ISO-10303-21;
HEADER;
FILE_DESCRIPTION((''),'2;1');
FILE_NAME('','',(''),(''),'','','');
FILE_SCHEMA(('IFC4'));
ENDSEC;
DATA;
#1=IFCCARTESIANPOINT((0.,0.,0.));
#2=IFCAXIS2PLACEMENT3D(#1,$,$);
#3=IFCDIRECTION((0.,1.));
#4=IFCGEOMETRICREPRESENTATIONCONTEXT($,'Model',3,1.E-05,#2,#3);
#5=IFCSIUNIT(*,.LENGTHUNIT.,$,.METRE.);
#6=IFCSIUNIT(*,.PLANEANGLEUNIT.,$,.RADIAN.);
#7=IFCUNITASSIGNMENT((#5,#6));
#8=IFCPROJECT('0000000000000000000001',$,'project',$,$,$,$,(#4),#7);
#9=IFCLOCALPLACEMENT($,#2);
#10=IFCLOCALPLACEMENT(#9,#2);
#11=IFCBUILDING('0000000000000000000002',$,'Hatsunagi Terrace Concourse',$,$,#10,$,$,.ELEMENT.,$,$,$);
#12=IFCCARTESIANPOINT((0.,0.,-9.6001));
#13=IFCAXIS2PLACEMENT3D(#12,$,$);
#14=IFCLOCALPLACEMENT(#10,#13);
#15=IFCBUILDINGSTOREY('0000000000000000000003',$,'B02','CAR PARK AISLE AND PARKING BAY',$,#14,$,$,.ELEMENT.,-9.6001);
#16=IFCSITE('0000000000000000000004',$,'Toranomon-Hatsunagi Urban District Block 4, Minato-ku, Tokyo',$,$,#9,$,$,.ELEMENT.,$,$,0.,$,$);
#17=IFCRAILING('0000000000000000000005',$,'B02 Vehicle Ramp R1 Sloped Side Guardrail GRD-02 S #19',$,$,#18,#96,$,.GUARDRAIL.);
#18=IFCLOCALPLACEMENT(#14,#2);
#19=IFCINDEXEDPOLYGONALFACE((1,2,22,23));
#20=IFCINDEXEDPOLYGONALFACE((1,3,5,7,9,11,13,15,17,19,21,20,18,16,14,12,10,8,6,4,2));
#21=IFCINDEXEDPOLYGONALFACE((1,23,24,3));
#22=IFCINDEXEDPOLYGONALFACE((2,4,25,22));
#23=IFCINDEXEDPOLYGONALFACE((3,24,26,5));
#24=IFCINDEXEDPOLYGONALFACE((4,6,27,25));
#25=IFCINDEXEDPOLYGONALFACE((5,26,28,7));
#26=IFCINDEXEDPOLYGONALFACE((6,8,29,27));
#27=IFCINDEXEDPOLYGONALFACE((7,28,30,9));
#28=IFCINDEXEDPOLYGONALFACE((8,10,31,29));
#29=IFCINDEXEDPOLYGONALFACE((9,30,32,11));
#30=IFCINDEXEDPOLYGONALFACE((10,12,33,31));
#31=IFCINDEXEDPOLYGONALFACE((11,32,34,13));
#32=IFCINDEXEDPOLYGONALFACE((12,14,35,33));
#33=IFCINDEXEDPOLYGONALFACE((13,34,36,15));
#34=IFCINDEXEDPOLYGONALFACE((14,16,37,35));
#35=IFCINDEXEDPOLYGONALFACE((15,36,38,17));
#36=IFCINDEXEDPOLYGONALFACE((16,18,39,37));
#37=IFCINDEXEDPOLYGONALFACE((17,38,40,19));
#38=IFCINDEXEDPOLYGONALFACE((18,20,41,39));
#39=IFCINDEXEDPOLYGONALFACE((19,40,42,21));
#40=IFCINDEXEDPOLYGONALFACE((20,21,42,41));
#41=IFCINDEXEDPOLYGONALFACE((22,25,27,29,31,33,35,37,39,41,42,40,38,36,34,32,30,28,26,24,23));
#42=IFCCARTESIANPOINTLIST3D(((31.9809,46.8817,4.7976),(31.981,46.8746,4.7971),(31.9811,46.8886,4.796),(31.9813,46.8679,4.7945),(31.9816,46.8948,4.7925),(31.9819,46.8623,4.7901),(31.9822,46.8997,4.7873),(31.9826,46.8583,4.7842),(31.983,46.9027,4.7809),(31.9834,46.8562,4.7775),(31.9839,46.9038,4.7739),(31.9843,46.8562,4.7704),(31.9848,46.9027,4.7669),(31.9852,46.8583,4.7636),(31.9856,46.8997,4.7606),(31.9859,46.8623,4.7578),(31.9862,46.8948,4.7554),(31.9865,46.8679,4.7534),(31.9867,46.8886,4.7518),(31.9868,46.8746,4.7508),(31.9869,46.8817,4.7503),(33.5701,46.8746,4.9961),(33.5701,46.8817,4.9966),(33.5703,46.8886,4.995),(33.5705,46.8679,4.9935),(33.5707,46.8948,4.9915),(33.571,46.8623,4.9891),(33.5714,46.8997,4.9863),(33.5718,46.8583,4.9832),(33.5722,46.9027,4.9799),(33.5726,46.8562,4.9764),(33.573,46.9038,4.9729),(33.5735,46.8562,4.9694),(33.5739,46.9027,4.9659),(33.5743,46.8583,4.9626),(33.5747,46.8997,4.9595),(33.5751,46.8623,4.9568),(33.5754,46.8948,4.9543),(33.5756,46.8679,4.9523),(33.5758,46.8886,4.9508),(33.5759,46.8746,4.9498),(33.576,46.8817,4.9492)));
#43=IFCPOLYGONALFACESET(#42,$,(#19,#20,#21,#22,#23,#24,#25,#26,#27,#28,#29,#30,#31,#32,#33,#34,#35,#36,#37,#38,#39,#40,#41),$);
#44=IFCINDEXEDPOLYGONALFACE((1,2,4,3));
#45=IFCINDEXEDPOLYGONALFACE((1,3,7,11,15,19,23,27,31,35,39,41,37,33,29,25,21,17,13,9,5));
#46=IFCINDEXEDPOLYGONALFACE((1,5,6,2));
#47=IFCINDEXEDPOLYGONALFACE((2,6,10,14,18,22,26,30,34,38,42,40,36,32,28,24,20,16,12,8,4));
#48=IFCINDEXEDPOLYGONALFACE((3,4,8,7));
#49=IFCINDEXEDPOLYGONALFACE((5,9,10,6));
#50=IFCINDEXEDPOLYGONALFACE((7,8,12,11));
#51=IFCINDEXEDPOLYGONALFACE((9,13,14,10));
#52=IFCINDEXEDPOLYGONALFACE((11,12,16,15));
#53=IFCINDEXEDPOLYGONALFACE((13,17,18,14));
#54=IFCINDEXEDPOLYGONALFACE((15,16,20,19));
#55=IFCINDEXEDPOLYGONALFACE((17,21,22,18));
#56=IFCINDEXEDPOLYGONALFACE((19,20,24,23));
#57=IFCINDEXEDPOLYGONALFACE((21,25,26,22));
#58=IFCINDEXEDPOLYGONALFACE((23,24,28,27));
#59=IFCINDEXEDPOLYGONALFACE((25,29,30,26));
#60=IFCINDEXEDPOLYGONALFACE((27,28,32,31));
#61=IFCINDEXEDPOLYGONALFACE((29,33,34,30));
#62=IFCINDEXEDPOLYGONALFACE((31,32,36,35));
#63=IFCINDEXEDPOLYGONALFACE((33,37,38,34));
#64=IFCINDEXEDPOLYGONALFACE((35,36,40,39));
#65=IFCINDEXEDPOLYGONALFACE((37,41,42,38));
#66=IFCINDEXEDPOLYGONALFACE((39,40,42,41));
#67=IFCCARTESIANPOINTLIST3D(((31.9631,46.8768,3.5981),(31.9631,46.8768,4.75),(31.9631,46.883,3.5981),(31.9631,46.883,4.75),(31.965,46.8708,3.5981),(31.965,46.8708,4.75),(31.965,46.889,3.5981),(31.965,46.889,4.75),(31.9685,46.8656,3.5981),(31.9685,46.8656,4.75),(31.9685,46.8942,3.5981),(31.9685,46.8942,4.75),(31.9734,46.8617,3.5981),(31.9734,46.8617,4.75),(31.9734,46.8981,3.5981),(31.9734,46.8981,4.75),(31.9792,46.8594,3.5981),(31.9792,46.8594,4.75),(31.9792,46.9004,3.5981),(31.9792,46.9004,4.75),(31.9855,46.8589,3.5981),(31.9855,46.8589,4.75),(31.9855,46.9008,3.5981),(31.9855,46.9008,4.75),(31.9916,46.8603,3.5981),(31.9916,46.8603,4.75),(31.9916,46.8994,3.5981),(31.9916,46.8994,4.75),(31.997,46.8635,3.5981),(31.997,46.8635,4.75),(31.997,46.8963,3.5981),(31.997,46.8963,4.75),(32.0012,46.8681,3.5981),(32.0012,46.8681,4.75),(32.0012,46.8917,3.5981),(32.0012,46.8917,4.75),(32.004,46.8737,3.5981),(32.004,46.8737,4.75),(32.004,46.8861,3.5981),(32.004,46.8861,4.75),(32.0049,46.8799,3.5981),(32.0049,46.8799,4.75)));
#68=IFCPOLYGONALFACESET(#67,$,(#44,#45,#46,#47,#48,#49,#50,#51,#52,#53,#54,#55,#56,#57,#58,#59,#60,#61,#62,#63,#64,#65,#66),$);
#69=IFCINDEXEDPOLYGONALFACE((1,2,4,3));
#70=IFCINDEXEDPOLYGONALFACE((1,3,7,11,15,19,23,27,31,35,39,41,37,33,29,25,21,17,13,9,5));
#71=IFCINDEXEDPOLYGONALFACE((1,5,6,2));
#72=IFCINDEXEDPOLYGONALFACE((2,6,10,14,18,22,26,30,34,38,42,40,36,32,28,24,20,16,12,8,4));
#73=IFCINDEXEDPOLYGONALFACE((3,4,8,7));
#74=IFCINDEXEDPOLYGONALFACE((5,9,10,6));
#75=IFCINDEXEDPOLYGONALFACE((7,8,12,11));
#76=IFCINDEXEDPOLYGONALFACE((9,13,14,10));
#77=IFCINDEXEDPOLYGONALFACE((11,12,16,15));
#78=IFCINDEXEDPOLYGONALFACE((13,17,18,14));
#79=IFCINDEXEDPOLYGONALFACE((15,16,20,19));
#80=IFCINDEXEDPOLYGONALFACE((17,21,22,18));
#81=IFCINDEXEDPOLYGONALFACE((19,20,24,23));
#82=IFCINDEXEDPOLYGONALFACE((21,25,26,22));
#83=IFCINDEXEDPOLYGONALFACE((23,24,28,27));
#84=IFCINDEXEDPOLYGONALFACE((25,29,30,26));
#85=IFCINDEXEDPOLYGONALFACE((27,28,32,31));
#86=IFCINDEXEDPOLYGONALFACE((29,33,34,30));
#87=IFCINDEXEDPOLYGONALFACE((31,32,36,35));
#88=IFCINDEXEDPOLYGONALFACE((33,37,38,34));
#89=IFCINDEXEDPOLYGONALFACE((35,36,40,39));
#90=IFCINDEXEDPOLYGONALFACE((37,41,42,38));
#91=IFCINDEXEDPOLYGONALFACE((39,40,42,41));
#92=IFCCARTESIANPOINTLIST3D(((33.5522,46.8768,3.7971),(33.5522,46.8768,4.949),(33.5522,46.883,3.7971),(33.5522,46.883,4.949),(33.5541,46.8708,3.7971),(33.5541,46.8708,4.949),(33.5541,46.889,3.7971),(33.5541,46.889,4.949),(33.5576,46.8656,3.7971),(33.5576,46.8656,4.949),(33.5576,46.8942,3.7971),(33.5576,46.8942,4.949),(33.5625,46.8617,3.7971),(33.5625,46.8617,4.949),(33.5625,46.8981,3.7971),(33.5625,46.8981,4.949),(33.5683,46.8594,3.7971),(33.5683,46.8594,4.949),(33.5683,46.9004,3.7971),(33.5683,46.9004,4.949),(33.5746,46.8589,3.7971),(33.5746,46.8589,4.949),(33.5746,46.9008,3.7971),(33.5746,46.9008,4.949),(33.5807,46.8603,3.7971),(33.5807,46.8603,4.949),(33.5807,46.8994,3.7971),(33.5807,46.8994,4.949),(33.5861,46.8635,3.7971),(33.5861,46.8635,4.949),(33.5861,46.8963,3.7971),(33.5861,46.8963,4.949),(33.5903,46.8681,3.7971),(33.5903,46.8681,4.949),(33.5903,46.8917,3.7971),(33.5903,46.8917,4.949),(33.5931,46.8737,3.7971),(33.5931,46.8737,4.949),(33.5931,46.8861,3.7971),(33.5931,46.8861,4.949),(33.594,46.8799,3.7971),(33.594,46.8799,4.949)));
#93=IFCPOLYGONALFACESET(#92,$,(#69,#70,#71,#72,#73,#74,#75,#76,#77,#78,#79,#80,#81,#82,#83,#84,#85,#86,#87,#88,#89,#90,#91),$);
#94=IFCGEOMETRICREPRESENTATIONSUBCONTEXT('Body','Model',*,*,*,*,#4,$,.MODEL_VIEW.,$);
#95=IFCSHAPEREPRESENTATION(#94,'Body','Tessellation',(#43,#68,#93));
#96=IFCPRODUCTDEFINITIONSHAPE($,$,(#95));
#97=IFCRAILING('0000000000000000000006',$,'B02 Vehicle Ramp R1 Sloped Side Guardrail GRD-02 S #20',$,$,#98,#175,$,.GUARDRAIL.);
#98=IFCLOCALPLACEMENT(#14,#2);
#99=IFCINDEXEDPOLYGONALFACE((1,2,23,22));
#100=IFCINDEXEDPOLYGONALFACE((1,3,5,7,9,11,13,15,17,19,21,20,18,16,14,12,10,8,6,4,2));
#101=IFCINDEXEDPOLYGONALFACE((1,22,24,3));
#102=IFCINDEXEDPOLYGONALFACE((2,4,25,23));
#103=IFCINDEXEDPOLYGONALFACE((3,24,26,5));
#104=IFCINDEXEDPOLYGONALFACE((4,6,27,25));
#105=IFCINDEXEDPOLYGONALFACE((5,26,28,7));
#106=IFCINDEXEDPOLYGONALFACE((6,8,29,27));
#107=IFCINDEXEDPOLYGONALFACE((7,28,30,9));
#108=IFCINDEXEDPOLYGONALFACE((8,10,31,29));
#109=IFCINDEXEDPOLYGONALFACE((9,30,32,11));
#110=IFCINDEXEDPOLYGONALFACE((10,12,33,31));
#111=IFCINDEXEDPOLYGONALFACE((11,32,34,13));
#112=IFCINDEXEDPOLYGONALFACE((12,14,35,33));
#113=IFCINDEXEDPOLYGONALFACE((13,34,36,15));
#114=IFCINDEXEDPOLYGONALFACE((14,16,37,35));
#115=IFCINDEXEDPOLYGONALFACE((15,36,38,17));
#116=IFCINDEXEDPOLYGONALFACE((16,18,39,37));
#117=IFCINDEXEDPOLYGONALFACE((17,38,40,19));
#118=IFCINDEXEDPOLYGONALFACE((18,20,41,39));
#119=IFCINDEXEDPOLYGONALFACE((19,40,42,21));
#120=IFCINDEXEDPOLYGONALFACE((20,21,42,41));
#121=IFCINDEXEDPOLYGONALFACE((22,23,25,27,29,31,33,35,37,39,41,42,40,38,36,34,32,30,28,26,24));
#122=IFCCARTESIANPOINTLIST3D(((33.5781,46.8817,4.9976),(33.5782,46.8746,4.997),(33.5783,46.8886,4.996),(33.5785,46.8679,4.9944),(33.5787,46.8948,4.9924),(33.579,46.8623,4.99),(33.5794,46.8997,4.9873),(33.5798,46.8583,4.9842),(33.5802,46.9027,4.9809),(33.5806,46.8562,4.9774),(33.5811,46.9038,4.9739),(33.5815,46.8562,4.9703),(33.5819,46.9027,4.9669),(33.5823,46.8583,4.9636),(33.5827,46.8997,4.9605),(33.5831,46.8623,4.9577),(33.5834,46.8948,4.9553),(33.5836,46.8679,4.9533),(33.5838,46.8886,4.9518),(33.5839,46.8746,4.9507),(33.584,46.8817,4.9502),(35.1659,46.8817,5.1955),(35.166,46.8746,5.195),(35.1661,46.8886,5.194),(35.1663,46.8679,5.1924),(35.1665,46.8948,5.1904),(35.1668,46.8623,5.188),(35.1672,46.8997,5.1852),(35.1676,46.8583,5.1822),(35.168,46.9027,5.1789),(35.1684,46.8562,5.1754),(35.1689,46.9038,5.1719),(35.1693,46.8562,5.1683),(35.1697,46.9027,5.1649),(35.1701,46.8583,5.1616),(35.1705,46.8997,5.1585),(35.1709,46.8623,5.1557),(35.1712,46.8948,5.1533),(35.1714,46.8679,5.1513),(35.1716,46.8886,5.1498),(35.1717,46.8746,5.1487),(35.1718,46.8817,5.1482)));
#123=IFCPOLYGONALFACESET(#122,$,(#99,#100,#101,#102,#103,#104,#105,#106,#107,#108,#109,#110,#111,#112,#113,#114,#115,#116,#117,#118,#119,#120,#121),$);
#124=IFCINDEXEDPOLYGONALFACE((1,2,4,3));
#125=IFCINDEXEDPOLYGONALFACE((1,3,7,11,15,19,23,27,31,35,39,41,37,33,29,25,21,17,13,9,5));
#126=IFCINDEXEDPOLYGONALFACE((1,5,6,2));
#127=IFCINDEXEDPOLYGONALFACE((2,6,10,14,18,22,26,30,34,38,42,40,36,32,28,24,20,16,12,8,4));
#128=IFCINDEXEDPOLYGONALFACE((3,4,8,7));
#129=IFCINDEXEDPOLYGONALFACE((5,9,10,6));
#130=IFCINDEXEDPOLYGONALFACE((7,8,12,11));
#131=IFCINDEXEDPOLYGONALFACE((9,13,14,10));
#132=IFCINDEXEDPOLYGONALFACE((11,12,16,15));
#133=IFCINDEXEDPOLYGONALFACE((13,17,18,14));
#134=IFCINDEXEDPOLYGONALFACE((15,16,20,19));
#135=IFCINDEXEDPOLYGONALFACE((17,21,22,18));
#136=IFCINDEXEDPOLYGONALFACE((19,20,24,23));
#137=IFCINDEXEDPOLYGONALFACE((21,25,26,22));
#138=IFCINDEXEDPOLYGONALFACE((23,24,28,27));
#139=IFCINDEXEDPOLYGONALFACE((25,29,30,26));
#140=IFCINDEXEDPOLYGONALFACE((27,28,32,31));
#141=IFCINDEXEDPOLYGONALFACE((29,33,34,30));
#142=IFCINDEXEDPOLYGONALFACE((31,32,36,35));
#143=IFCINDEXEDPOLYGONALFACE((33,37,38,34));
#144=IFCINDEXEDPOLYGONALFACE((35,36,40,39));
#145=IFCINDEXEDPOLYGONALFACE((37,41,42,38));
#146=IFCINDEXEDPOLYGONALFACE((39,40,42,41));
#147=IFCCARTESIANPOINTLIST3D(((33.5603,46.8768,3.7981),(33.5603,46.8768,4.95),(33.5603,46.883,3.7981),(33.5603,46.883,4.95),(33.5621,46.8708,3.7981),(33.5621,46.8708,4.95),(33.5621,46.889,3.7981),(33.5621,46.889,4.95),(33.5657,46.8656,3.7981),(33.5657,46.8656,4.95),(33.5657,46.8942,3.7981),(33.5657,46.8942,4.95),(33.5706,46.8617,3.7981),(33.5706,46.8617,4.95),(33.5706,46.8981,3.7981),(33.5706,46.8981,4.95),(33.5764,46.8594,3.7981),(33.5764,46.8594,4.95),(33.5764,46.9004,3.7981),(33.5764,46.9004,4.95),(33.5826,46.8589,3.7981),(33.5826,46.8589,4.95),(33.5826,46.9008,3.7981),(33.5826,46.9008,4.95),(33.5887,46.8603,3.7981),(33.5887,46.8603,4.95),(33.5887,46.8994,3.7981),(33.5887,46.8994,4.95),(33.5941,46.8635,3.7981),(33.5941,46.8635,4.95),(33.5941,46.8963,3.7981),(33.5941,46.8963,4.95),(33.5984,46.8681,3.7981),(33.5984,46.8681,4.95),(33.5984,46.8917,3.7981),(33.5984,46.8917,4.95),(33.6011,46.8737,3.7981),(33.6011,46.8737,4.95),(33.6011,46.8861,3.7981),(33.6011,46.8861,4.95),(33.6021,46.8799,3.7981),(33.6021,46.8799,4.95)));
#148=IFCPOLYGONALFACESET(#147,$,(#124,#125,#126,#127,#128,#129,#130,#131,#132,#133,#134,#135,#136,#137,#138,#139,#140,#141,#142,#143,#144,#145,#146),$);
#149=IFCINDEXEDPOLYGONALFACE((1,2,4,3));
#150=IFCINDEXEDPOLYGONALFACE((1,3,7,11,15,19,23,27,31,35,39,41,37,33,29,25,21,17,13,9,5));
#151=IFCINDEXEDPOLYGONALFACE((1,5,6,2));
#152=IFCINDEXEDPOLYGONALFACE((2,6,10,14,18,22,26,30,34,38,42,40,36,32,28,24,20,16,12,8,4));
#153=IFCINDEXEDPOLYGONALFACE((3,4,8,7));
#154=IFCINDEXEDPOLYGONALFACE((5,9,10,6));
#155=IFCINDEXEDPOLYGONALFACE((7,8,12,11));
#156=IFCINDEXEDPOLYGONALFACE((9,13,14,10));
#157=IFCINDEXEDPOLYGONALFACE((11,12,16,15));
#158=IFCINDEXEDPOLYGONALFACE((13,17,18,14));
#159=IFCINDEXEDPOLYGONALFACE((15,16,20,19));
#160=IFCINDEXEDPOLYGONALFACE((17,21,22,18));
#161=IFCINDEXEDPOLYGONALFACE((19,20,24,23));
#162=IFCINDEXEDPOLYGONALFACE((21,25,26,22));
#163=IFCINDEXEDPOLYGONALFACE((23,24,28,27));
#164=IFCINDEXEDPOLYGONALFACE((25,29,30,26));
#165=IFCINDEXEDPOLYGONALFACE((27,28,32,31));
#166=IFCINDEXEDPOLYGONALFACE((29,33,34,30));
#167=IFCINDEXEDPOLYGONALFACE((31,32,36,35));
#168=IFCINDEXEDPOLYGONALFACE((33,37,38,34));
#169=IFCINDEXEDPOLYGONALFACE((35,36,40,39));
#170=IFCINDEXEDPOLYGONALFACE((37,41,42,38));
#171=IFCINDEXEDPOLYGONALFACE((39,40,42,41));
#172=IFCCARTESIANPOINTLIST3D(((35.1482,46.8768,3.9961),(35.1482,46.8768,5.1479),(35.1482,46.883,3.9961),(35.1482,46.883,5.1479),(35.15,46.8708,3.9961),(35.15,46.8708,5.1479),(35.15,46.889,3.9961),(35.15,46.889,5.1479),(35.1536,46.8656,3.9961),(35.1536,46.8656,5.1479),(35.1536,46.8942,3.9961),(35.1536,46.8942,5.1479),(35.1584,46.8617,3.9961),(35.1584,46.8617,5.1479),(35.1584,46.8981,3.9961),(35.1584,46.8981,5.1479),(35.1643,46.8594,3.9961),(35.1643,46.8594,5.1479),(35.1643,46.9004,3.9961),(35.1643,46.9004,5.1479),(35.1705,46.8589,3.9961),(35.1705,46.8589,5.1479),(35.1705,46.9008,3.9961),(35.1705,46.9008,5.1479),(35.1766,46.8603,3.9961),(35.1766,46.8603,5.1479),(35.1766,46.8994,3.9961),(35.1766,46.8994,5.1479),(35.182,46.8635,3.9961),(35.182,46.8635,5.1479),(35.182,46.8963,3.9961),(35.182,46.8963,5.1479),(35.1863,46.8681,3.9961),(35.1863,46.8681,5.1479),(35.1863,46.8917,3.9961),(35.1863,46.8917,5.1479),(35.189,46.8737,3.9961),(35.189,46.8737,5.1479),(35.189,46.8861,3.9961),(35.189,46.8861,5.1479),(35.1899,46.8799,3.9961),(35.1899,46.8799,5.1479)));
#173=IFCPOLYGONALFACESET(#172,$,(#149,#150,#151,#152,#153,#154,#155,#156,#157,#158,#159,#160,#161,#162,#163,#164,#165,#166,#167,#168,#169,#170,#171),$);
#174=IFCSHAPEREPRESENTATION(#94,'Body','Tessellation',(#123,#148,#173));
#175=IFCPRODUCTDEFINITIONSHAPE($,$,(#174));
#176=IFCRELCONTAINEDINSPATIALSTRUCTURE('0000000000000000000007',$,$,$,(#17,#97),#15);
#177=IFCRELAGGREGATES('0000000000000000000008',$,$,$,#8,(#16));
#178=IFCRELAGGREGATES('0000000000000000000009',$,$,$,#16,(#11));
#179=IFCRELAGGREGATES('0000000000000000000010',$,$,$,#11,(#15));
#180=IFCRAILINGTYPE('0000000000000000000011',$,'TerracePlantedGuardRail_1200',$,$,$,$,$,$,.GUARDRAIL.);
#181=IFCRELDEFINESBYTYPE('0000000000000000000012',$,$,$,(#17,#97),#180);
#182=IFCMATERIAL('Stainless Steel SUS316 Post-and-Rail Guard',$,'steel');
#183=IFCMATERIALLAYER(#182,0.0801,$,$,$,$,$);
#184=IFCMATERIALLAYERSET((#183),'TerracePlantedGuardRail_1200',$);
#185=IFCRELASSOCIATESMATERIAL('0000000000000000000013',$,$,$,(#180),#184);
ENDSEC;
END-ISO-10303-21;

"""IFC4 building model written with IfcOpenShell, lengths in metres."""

from ifc_helpers import new_model, si_unit, direction, frame, origin, origin_2d, place, context, subcontext, project, spatial, circle, extrude, material, layer, layer_set, type_object, element, save


model = new_model("IFC4")

# Units and contexts
model_context = context("Model", 3, precision=1e-05, world=origin(), true_north=direction((0.0, 1.0)))
body_context = subcontext(model_context, "Body", "Model", "MODEL_VIEW")
ifc_project = project(units=[si_unit("LENGTHUNIT", "METRE"), si_unit("PLANEANGLEUNIT", "RADIAN")], contexts=[model_context])

# Site, building, storey
site_placement = place(None, origin())
site = spatial("IfcSite", under=ifc_project, at=site_placement, Name="Toranomon-Hatsunagi Urban District Block 4, Minato-ku, Tokyo", CompositionType="ELEMENT", RefElevation=0.0)
building_placement = place(site_placement, origin())
building = spatial("IfcBuilding", under=site, at=building_placement, Name="Hatsunagi Terrace Concourse", CompositionType="ELEMENT")
storey_placement = place(building_placement, frame((0.0, 0.0, -9.6001)))
storey = spatial("IfcBuildingStorey", under=building, at=storey_placement, Name="B02", Description="CAR PARK AISLE AND PARKING BAY", CompositionType="ELEMENT", Elevation=-9.6001)

# Railings
ifc_material_1 = material(Name="Stainless Steel SUS316 Post-and-Rail Guard", Category="steel")
ifc_layer_1 = layer(ifc_material_1, 0.0801)
ifc_layer_set_1 = layer_set([ifc_layer_1], Name="TerracePlantedGuardRail_1200")
railing_type = type_object("IfcRailingType", Name="TerracePlantedGuardRail_1200", PredefinedType="GUARDRAIL", material=ifc_layer_set_1)
for number, where, name in (
    (1, (31.9839, 46.8799, 3.5981), "B02 Vehicle Ramp R1 Sloped Side Guardrail GRD-02 S #19"),
):
    element("IfcRailing", number, at=place(storey_placement, frame(where)), inside=storey, type_object=railing_type, Name=name, PredefinedType="GUARDRAIL", context=body_context, shape_type="SweptSolid", body=[
        extrude(circle(Radius=0.0239, at=origin_2d()), frame((0.0, 0.0, 1.1758), z_axis=(0.992252, 0.0, 0.124241), x_axis=(0.0, 1.0, 0.0)), (0.0, 0.0, 1.0), 1.6016),
        extrude(circle(Radius=0.021, at=origin_2d()), origin(), (0.0, 0.0, 1.0), 1.1519),
        extrude(circle(Radius=0.021, at=origin_2d()), frame((1.5891, 0.0, 0.199)), (0.0, 0.0, 1.0), 1.1519),
    ])
railing_1_placement = place(storey_placement, frame((33.5811, 46.8799, 3.7981)))
element("IfcRailing", 2, at=railing_1_placement, inside=storey, type_object=railing_type, Name="B02 Vehicle Ramp R1 Sloped Side Guardrail GRD-02 S #20", PredefinedType="GUARDRAIL", context=body_context, shape_type="SweptSolid", body=[
    extrude(circle(Radius=0.0239, at=origin_2d()), frame((0.0, 0.0, 1.1758), z_axis=(0.992315, 0.0, 0.123734), x_axis=(0.0, 1.0, 0.0)), (0.0, 0.0, 1.0), 1.6001),
    extrude(circle(Radius=0.021, at=origin_2d()), origin(), (0.0, 0.0, 1.0), 1.1519),
    extrude(circle(Radius=0.021, at=origin_2d()), frame((1.5879, 0.0, 0.198)), (0.0, 0.0, 1.0), 1.1519),
])

save(model, "model.ifc")
